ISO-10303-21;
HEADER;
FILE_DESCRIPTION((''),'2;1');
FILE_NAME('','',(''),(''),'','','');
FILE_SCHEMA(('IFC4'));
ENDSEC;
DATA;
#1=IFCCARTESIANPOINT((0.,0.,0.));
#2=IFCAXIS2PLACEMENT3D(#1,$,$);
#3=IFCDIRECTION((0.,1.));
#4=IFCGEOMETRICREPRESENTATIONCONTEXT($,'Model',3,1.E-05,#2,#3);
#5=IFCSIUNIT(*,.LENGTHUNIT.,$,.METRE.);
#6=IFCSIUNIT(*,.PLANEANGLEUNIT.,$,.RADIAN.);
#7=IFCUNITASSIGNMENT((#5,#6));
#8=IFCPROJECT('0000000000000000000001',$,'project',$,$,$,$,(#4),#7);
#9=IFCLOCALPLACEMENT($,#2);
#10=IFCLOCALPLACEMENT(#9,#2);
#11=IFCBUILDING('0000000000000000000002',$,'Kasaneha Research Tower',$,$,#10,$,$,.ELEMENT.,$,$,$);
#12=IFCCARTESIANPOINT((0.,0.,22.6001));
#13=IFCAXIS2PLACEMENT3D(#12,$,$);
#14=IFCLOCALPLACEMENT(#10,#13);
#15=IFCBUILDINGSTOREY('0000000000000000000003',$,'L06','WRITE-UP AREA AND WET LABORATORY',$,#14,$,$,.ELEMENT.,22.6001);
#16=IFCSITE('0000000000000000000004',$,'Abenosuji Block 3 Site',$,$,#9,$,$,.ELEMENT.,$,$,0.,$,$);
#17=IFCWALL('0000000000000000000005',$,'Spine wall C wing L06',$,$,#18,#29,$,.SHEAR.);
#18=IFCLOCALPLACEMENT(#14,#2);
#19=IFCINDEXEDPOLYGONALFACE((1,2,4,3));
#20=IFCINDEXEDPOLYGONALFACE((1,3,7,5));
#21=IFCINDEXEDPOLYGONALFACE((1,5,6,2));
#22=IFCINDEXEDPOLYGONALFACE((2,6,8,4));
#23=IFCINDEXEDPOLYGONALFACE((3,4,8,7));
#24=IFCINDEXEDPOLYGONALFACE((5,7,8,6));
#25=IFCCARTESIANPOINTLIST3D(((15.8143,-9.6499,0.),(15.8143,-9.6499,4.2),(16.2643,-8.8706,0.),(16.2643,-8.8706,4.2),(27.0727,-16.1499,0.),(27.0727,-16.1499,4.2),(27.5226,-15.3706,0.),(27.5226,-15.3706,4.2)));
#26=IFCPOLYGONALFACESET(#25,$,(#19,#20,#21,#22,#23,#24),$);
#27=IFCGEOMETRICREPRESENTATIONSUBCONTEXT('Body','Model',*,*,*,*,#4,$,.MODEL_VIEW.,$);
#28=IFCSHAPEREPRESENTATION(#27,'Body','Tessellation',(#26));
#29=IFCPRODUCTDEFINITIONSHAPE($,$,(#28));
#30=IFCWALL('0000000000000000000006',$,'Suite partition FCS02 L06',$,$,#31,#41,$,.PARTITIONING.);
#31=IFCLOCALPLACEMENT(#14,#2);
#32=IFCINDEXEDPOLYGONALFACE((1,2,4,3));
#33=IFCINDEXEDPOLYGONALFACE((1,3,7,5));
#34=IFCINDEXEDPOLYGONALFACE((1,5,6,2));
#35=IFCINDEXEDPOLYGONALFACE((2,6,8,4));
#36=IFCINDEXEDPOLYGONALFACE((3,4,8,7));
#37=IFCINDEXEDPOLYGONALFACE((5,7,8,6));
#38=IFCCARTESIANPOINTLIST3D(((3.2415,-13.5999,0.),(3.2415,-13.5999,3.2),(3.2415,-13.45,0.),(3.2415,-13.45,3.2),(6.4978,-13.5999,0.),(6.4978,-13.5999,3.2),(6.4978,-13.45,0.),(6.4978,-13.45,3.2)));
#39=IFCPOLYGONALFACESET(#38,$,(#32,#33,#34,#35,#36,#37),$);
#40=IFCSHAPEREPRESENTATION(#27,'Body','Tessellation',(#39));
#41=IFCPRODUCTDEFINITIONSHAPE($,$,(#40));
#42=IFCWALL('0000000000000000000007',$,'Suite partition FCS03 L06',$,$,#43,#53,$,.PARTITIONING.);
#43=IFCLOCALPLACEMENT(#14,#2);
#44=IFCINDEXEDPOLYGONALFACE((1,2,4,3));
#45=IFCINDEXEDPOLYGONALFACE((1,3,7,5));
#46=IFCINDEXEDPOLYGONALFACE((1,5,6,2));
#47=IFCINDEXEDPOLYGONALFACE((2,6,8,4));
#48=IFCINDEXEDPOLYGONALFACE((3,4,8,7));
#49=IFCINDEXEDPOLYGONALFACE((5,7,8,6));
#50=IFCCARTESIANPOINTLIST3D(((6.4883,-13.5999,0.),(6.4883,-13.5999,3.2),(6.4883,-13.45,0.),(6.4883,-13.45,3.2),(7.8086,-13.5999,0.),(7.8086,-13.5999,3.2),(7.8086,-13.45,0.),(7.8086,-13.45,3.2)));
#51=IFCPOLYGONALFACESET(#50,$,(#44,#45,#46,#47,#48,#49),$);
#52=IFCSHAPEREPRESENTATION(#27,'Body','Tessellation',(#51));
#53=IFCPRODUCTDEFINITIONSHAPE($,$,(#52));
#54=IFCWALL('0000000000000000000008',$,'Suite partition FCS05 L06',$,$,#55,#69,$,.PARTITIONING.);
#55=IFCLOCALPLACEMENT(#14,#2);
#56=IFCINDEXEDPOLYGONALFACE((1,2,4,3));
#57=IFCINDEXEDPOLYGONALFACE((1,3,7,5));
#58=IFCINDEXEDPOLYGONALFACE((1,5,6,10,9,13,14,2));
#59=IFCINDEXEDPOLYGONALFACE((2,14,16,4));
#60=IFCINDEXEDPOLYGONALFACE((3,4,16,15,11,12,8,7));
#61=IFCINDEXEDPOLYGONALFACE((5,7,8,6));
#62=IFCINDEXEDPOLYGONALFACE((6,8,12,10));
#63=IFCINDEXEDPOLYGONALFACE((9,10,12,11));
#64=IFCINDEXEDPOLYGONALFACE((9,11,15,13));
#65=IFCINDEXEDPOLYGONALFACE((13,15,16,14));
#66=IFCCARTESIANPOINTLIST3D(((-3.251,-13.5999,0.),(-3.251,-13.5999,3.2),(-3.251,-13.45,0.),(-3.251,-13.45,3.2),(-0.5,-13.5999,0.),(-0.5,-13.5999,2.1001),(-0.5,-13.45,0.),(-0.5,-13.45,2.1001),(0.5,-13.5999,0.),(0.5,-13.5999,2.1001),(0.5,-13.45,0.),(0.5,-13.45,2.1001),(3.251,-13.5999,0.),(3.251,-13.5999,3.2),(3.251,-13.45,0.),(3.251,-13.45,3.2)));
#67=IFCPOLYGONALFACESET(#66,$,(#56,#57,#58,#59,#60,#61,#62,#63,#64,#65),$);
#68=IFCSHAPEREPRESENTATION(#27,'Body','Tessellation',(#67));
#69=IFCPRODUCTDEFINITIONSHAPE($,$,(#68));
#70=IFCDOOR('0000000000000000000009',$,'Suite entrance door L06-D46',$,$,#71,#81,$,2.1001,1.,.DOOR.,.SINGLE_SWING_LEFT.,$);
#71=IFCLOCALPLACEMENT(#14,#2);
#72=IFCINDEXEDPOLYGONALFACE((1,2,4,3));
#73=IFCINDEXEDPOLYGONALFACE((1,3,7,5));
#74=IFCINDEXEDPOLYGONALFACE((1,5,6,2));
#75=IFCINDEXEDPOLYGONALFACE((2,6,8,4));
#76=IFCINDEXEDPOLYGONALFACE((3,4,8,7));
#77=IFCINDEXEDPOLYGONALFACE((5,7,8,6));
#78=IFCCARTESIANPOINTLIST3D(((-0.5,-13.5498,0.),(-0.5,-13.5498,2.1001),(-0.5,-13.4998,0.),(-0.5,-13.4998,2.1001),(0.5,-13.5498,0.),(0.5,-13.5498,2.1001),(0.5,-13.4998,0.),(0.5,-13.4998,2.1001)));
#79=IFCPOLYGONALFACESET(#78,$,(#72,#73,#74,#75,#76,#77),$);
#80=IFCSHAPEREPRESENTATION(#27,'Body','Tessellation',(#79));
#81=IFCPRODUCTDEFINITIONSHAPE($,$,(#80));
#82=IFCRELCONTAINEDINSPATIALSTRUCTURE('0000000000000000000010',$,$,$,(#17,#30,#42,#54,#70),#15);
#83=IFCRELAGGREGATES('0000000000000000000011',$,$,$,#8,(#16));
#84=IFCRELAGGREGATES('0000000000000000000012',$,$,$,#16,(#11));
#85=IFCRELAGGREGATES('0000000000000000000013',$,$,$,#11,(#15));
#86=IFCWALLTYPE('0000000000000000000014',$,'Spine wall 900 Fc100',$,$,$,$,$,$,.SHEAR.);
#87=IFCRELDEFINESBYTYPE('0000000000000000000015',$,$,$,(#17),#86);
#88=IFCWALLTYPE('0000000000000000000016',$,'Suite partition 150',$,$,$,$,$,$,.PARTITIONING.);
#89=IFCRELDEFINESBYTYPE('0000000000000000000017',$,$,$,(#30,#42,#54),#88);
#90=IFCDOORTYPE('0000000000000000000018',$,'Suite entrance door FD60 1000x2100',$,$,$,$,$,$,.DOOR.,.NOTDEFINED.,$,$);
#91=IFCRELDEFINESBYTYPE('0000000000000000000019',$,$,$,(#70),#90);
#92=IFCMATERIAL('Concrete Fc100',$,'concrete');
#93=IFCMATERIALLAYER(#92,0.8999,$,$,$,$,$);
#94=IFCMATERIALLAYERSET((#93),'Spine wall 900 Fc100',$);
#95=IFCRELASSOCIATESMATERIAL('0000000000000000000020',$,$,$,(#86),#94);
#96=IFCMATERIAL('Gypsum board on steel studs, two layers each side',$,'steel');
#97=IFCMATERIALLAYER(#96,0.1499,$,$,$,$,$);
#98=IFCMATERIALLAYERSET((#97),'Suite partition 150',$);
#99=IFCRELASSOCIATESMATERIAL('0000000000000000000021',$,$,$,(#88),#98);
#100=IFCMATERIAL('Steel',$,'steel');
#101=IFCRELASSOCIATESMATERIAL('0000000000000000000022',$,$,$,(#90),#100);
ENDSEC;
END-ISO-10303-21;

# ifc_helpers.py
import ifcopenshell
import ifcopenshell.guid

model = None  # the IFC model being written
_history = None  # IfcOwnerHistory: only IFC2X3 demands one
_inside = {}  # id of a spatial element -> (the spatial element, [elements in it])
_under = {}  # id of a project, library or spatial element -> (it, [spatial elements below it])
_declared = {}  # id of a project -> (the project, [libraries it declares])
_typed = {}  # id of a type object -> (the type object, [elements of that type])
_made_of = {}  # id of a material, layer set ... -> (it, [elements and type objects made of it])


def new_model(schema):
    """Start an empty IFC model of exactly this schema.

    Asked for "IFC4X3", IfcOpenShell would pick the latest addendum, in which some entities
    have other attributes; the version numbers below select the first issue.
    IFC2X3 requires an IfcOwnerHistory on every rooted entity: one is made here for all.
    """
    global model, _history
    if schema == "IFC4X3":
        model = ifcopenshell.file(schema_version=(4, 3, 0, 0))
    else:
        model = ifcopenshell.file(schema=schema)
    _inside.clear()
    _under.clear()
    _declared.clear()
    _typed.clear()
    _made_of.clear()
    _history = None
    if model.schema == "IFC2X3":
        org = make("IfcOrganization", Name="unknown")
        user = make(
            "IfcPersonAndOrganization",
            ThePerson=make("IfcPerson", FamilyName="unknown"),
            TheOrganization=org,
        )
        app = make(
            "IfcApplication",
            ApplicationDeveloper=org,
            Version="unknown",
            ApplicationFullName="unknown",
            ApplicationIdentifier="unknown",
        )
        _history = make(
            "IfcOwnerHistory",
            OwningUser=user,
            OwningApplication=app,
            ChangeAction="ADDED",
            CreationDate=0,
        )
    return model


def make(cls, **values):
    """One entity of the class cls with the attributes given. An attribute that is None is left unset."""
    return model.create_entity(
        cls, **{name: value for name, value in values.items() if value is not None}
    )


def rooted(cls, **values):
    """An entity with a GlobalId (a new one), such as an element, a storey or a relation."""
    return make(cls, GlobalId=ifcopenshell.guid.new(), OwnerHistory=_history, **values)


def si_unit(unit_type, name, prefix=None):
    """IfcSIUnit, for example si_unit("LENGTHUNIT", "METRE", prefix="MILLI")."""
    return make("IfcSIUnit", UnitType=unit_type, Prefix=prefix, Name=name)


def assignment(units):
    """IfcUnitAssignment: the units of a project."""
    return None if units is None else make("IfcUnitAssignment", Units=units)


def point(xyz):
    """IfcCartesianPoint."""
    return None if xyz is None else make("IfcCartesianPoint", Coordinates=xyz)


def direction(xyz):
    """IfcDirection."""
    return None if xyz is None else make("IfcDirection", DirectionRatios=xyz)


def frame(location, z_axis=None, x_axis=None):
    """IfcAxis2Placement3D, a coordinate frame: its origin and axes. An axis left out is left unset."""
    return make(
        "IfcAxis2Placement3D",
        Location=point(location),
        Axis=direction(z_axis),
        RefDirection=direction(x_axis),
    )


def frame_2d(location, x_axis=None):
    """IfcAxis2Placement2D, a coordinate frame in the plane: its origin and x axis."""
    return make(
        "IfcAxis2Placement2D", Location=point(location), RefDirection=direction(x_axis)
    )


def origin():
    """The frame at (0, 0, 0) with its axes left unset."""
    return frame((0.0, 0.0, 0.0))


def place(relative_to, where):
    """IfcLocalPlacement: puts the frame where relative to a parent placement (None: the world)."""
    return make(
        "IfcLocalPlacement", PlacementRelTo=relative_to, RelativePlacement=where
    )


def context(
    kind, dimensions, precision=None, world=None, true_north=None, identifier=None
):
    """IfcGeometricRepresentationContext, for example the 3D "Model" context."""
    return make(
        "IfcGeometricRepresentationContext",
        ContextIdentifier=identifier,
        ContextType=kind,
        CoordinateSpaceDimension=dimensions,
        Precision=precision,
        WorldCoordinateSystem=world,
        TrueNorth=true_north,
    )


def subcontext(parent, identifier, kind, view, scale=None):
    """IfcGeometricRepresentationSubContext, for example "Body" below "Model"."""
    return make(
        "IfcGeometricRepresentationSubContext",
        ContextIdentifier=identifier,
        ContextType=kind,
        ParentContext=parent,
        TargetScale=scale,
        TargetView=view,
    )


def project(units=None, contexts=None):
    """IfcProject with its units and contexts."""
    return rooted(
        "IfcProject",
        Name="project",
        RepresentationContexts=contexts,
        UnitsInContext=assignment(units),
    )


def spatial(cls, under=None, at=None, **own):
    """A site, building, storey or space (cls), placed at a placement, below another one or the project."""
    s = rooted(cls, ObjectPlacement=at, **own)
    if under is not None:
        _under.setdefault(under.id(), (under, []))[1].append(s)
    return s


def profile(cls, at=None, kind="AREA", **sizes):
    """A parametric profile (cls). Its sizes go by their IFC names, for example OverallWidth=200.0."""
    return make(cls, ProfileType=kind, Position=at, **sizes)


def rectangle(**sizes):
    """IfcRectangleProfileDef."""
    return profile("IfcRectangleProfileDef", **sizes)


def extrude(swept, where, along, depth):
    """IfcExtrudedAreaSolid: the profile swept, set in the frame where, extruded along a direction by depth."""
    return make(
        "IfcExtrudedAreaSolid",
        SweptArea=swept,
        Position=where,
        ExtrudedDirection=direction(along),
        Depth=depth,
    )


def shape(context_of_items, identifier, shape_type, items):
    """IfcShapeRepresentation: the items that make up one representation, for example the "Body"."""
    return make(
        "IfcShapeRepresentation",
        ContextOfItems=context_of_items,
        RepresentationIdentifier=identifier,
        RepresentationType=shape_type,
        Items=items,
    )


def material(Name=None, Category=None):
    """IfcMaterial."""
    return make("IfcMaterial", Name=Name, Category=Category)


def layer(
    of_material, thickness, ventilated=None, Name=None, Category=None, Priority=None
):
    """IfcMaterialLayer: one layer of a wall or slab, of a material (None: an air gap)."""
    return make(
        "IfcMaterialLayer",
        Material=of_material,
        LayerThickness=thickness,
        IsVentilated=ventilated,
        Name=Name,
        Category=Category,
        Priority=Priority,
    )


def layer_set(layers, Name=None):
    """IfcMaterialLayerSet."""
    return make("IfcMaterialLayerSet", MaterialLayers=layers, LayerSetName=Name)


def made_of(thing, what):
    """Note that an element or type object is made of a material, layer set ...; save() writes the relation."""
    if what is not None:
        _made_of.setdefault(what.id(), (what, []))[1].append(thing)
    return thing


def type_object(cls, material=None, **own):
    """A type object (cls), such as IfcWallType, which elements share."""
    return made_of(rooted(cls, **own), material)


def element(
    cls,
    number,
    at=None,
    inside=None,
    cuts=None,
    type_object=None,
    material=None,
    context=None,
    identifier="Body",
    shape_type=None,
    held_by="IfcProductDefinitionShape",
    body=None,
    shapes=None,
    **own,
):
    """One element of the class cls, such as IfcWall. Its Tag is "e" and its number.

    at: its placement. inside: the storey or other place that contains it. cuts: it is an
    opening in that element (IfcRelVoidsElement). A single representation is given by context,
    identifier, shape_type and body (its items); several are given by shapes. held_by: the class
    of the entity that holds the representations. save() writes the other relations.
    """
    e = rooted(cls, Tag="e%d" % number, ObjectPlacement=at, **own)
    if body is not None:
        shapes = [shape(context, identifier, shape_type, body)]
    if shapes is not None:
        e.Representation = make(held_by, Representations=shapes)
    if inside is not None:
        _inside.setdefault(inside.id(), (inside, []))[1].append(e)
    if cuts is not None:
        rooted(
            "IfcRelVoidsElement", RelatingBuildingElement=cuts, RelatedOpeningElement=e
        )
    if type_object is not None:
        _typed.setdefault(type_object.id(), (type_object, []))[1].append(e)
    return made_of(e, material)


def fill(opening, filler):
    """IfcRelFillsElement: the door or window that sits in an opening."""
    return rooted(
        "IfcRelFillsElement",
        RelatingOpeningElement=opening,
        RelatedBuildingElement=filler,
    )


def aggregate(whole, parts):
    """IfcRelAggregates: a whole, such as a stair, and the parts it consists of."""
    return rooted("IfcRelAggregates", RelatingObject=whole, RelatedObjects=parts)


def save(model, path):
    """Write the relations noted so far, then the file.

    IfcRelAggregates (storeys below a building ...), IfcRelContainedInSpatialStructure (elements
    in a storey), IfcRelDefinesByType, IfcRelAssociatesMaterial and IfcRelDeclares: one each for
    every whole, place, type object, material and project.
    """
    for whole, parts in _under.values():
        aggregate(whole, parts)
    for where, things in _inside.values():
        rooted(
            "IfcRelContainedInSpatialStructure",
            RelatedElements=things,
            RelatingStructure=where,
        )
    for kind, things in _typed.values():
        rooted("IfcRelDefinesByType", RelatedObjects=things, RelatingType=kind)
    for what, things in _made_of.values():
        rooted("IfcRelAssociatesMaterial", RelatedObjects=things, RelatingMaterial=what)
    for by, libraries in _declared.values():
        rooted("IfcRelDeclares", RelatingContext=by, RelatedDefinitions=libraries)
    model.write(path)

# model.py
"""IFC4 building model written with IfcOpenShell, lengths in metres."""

from ifc_helpers import new_model, si_unit, direction, frame, frame_2d, origin, place, context, subcontext, project, spatial, rectangle, extrude, material, layer, layer_set, type_object, element, fill, save


model = new_model("IFC4")

# Units and contexts
model_context = context("Model", 3, precision=1e-05, world=origin(), true_north=direction((0.0, 1.0)))
body_context = subcontext(model_context, "Body", "Model", "MODEL_VIEW")
ifc_project = project(units=[si_unit("LENGTHUNIT", "METRE"), si_unit("PLANEANGLEUNIT", "RADIAN")], contexts=[model_context])

# Site, building, storey
site_placement = place(None, origin())
site = spatial("IfcSite", under=ifc_project, at=site_placement, Name="Abenosuji Block 3 Site", CompositionType="ELEMENT", RefElevation=0.0)
building_placement = place(site_placement, origin())
building = spatial("IfcBuilding", under=site, at=building_placement, Name="Kasaneha Research Tower", CompositionType="ELEMENT")
storey_placement = place(building_placement, frame((0.0, 0.0, 22.6001)))
storey = spatial("IfcBuildingStorey", under=building, at=storey_placement, Name="L06", Description="WRITE-UP AREA AND WET LABORATORY", CompositionType="ELEMENT", Elevation=22.6001)

# Walls
ifc_material_1 = material(Name="Concrete Fc100", Category="concrete")
ifc_layer_1 = layer(ifc_material_1, 0.8999)
ifc_layer_set_1 = layer_set([ifc_layer_1], Name="Spine wall 900 Fc100")
wall_type_1 = type_object("IfcWallType", Name="Spine wall 900 Fc100", PredefinedType="SHEAR", material=ifc_layer_set_1)
wall_1_placement = place(storey_placement, frame((16.0393, -9.2603, 0.0), z_axis=(0.0, 0.0, 1.0), x_axis=(0.866025, -0.500001, 0.0)))
element("IfcWall", 1, at=wall_1_placement, inside=storey, type_object=wall_type_1, Name="Spine wall C wing L06", PredefinedType="SHEAR", context=body_context, shape_type="SweptSolid", body=[
    extrude(rectangle(XDim=13.0, YDim=0.8999, at=frame_2d((6.5, 0.0))), origin(), (0.0, 0.0, 1.0), 4.2),
])
ifc_material_2 = material(Name="Gypsum board on steel studs, two layers each side", Category="steel")
ifc_layer_2 = layer(ifc_material_2, 0.1499)
ifc_layer_set_2 = layer_set([ifc_layer_2], Name="Suite partition 150")
wall_type_2 = type_object("IfcWallType", Name="Suite partition 150", PredefinedType="PARTITIONING", material=ifc_layer_set_2)
wall_2_placement = place(storey_placement, frame((6.4978, -13.5249, 0.0), z_axis=(0.0, 0.0, 1.0), x_axis=(-1.0, 0.0, 0.0)))
element("IfcWall", 2, at=wall_2_placement, inside=storey, type_object=wall_type_2, Name="Suite partition FCS02 L06", PredefinedType="PARTITIONING", context=body_context, shape_type="SweptSolid", body=[
    extrude(rectangle(XDim=3.2563, YDim=0.1499, at=frame_2d((1.6282, 0.0))), origin(), (0.0, 0.0, 1.0), 3.2),
])
wall_3_placement = place(storey_placement, frame((7.8086, -13.5249, 0.0), z_axis=(0.0, 0.0, 1.0), x_axis=(-1.0, 0.0, 0.0)))
element("IfcWall", 3, at=wall_3_placement, inside=storey, type_object=wall_type_2, Name="Suite partition FCS03 L06", PredefinedType="PARTITIONING", context=body_context, shape_type="SweptSolid", body=[
    extrude(rectangle(XDim=1.3203, YDim=0.1499, at=frame_2d((0.6602, 0.0))), origin(), (0.0, 0.0, 1.0), 3.2),
])

# Wall, opening, door
wall_4_placement = place(storey_placement, frame((3.251, -13.5249, 0.0), z_axis=(0.0, 0.0, 1.0), x_axis=(-1.0, 0.0, 0.0)))
wall_4 = element("IfcWall", 4, at=wall_4_placement, inside=storey, type_object=wall_type_2, Name="Suite partition FCS05 L06", PredefinedType="PARTITIONING", context=body_context, shape_type="SweptSolid", body=[
    extrude(rectangle(XDim=6.502, YDim=0.1499, at=frame_2d((3.251, 0.0))), origin(), (0.0, 0.0, 1.0), 3.2),
])
opening_1_placement = place(wall_4_placement, frame((2.751, 0.0, 0.0)))
opening_1 = element("IfcOpeningElement", 5, at=opening_1_placement, cuts=wall_4, PredefinedType="OPENING", context=body_context, shape_type="SweptSolid", body=[
    extrude(rectangle(XDim=1.0, YDim=2.1001, at=frame_2d((0.5, 1.05))), frame((0.0, 0.085, 0.0), z_axis=(0.0, -1.0, 0.0), x_axis=(1.0, 0.0, 0.0)), (0.0, 0.0, 1.0), 0.1699),
])
ifc_material_3 = material(Name="Steel", Category="steel")
door_type_1 = type_object("IfcDoorType", Name="Suite entrance door FD60 1000x2100", OperationType="NOTDEFINED", PredefinedType="DOOR", material=ifc_material_3)
door_1_placement = place(opening_1_placement, origin())
door_1 = element("IfcDoor", 6, at=door_1_placement, inside=storey, type_object=door_type_1, Name="Suite entrance door L06-D46", OperationType="SINGLE_SWING_LEFT", OverallHeight=2.1001, OverallWidth=1.0, PredefinedType="DOOR", context=body_context, shape_type="SweptSolid", body=[
    extrude(rectangle(XDim=1.0, YDim=2.1001, at=frame_2d((0.5, 1.05))), frame((0.0, 0.0249, 0.0), z_axis=(0.0, -1.0, 0.0), x_axis=(1.0, 0.0, 0.0)), (0.0, 0.0, 1.0), 0.05),
])
fill(opening_1, door_1)

save(model, "model.ifc")
